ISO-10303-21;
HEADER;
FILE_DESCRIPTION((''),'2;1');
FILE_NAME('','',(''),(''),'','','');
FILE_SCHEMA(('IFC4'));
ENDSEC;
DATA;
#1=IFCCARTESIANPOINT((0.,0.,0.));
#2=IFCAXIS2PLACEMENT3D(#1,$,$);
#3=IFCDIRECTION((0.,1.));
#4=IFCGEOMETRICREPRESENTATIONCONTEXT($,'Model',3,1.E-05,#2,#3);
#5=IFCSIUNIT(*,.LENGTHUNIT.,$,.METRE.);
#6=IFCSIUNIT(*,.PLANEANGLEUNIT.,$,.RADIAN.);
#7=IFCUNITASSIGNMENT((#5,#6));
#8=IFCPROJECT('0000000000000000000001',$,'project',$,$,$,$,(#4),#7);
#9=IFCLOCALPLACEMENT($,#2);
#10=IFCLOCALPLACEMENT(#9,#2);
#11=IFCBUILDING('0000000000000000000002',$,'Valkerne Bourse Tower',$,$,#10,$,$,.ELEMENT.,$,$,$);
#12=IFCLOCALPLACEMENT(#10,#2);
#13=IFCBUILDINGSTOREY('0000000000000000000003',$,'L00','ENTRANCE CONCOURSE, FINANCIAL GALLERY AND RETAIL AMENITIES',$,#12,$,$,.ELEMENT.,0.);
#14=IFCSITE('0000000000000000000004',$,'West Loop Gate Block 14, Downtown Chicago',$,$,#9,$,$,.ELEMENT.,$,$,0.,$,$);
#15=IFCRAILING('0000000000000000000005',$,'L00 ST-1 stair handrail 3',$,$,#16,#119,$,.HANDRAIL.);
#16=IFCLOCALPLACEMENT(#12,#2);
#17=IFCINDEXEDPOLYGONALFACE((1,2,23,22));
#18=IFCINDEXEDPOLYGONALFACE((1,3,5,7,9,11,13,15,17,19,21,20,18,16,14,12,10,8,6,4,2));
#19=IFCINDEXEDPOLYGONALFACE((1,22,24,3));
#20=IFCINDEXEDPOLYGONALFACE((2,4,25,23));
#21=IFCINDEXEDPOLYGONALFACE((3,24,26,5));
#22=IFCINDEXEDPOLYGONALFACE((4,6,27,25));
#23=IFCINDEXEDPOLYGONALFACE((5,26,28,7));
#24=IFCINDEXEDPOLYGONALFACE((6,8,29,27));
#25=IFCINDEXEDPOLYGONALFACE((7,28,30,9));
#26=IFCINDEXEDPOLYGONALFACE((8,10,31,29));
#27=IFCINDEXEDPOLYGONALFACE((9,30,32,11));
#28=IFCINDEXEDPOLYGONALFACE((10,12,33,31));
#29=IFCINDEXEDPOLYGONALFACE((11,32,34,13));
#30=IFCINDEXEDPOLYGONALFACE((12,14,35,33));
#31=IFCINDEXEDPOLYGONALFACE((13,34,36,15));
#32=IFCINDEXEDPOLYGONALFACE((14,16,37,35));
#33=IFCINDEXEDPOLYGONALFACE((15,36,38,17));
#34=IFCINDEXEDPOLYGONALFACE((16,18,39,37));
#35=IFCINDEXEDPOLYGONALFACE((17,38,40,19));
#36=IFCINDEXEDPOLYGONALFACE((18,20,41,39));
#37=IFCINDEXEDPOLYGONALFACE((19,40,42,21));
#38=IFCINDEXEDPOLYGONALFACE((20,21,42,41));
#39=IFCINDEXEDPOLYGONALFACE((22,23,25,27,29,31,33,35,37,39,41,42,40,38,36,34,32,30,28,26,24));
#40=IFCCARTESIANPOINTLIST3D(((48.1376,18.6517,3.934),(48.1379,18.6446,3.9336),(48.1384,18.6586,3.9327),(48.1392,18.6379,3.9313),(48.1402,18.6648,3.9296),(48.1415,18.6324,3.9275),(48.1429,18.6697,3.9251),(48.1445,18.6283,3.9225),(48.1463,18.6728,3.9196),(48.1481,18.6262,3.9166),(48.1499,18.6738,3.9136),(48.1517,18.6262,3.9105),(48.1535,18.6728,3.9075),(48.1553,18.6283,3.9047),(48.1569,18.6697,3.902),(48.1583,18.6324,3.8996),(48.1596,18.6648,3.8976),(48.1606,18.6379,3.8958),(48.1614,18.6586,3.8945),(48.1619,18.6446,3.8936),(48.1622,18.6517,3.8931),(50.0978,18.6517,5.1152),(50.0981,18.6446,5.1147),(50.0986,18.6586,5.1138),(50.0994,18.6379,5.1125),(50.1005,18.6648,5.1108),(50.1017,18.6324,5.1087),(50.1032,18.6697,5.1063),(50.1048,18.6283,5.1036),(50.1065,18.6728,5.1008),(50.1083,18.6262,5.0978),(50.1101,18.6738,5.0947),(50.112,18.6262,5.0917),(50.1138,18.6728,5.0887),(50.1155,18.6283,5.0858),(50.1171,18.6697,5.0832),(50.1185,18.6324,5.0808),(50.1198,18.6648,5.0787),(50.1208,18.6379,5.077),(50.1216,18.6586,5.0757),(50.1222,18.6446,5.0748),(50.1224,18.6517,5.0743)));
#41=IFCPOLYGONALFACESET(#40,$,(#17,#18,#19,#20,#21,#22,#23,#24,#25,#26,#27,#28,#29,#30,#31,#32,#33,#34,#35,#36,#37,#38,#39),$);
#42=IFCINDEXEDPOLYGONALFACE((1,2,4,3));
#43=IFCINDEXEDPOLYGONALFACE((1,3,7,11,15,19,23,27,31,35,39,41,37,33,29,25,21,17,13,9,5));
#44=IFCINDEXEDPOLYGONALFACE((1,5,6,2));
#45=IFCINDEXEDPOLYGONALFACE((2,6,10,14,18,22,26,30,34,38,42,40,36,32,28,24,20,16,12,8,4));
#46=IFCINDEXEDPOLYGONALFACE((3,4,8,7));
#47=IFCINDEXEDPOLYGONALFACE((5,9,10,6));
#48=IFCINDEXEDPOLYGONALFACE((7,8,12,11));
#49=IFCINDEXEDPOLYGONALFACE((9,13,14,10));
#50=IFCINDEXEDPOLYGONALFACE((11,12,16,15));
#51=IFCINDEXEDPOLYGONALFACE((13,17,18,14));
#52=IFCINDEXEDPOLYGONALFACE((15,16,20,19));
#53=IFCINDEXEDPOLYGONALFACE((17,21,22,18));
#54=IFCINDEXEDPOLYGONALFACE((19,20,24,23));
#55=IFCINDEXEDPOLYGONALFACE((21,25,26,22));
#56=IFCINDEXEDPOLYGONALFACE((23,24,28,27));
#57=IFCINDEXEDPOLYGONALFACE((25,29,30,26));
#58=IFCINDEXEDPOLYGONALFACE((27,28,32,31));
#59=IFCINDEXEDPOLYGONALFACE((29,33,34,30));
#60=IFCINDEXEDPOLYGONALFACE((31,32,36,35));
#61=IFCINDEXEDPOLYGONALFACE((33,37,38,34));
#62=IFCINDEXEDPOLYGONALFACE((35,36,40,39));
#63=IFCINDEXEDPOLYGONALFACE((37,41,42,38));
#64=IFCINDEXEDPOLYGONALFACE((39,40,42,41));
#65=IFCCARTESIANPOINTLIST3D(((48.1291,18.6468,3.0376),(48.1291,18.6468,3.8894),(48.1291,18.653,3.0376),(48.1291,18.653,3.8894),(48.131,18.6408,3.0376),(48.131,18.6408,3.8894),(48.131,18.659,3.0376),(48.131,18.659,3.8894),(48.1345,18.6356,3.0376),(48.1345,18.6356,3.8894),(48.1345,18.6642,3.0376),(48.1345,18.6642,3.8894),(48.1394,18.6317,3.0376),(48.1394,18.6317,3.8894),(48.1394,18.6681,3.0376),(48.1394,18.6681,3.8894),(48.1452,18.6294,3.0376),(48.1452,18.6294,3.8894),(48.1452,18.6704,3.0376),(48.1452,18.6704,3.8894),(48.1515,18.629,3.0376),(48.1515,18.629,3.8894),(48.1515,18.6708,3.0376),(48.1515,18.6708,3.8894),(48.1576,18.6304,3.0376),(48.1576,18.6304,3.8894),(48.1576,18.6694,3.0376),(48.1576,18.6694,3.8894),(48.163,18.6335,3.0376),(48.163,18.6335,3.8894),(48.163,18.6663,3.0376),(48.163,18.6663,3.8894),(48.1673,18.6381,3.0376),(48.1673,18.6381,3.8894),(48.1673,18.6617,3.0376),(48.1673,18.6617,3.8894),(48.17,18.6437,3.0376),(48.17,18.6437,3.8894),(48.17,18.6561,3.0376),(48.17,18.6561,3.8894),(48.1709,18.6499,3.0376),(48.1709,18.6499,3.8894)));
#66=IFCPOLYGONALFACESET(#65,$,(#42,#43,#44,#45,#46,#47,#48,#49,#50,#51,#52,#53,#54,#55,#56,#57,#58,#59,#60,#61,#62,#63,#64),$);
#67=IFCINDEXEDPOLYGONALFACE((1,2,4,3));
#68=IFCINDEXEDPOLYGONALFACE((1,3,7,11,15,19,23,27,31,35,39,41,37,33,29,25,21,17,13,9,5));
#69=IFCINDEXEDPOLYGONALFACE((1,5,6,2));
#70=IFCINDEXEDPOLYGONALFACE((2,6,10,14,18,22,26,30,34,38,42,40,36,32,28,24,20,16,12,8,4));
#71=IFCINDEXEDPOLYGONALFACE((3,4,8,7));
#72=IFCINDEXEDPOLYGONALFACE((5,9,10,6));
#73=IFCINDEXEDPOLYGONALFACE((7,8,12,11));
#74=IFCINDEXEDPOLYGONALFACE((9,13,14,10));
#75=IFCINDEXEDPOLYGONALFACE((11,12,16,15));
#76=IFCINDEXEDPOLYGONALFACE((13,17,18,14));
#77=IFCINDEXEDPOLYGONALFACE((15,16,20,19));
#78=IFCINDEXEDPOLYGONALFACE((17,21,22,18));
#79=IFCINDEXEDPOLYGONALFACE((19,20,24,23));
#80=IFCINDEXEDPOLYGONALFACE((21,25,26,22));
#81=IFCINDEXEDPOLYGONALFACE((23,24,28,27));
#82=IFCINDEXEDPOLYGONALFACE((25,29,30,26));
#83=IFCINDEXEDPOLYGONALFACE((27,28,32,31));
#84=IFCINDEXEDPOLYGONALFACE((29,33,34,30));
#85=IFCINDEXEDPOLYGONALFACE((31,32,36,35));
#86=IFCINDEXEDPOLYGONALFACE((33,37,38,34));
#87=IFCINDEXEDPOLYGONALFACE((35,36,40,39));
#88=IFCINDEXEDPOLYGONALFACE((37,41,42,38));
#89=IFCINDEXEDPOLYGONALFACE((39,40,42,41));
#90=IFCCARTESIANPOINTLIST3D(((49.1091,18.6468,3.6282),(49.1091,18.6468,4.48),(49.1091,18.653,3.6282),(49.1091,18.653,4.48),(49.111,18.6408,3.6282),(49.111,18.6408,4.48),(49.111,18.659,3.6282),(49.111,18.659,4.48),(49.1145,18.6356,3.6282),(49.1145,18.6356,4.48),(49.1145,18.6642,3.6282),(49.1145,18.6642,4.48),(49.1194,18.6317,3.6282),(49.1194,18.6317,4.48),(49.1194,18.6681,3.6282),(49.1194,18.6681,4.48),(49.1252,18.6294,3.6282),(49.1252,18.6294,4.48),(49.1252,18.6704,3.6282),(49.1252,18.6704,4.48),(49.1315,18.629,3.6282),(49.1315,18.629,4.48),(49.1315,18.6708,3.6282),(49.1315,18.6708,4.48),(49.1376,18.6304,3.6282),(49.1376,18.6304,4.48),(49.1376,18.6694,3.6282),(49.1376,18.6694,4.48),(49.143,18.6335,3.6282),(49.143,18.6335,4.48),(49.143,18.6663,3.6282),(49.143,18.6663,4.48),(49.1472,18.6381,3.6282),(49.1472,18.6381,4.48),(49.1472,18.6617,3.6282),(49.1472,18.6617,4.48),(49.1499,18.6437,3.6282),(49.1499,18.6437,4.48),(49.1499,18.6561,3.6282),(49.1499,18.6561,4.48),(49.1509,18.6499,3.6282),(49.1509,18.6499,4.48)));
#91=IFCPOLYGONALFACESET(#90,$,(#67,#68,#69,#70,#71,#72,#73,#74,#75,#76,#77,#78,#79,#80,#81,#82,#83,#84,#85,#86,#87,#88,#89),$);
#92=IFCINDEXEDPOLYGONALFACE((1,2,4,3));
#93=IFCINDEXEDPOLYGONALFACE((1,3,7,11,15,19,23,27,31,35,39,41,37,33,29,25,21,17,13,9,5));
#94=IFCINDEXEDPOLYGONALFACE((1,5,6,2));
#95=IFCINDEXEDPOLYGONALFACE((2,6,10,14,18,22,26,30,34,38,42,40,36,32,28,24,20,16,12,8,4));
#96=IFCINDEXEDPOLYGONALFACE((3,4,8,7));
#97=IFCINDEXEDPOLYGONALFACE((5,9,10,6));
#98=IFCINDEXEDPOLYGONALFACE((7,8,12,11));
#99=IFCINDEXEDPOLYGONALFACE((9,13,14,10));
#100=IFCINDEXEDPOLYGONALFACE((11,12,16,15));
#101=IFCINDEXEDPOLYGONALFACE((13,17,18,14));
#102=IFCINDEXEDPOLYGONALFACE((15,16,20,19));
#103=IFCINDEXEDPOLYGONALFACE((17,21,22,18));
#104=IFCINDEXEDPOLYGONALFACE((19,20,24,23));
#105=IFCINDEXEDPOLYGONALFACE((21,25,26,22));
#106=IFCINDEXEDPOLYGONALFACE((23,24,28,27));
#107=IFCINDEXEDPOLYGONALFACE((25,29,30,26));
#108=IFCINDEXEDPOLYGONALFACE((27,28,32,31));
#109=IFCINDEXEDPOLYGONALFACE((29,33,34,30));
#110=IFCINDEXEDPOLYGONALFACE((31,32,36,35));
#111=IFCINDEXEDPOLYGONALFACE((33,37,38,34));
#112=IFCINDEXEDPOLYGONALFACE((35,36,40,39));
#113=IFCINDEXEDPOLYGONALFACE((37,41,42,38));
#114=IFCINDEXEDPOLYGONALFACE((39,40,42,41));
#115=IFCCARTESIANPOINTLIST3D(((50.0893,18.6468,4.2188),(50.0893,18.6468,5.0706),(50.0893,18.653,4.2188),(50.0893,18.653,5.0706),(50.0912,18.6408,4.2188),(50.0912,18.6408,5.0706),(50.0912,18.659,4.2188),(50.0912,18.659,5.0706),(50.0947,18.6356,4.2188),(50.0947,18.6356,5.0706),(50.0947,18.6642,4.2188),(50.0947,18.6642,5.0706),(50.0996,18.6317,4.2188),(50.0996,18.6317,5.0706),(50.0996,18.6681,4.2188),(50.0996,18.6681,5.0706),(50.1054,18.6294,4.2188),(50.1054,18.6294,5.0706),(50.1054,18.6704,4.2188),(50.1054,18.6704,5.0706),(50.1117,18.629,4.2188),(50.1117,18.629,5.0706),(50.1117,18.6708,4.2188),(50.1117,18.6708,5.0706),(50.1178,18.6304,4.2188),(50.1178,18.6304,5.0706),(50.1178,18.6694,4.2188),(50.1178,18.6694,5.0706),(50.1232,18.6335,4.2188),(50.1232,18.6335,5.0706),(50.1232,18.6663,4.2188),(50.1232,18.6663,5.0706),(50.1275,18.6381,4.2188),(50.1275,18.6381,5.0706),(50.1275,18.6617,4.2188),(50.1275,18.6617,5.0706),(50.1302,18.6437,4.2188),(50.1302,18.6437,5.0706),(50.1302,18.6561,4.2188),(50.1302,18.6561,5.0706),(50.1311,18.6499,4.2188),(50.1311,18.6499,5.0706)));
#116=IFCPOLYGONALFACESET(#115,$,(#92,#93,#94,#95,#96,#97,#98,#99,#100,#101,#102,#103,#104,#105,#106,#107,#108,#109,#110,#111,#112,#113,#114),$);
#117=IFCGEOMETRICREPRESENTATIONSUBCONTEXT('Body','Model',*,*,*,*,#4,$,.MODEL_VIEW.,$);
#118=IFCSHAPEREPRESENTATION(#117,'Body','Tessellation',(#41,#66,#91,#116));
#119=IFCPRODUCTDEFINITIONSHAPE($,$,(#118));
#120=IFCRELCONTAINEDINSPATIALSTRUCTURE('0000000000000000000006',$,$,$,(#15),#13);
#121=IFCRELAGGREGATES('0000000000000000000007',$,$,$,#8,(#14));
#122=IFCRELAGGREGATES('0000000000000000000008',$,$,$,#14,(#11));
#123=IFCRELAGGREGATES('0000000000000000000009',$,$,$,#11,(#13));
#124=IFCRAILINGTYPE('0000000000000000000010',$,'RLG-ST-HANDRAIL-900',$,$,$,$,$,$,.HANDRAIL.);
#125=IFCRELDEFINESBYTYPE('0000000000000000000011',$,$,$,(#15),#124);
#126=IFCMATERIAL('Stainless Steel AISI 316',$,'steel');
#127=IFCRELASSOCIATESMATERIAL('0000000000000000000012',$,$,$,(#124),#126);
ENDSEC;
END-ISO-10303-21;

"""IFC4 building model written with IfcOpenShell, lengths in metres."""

from ifc_helpers import new_model, si_unit, direction, frame, origin, origin_2d, place, context, subcontext, project, spatial, circle, extrude, material, type_object, element, save


model = new_model("IFC4")

# Units and contexts
model_context = context("Model", 3, precision=1e-05, world=origin(), true_north=direction((0.0, 1.0)))
body_context = subcontext(model_context, "Body", "Model", "MODEL_VIEW")
ifc_project = project(units=[si_unit("LENGTHUNIT", "METRE"), si_unit("PLANEANGLEUNIT", "RADIAN")], contexts=[model_context])

# Site, building, storey
site_placement = place(None, origin())
site = spatial("IfcSite", under=ifc_project, at=site_placement, Name="West Loop Gate Block 14, Downtown Chicago", CompositionType="ELEMENT", RefElevation=0.0)
building_placement = place(site_placement, origin())
building = spatial("IfcBuilding", under=site, at=building_placement, Name="Valkerne Bourse Tower", CompositionType="ELEMENT")
storey_placement = place(building_placement, origin())
storey = spatial("IfcBuildingStorey", under=building, at=storey_placement, Name="L00", Description="ENTRANCE CONCOURSE, FINANCIAL GALLERY AND RETAIL AMENITIES", CompositionType="ELEMENT", Elevation=0.0)

# Shared definitions
ifc_material_1 = material(Name="Stainless Steel AISI 316", Category="steel")

# Railing
railing_type_1 = type_object("IfcRailingType", Name="RLG-ST-HANDRAIL-900", PredefinedType="HANDRAIL", material=ifc_material_1)
railing_1_placement = place(storey_placement, frame((48.1499, 18.6499, 3.0376)))
element("IfcRailing", 1, at=railing_1_placement, inside=storey, type_object=railing_type_1, Name="L00 ST-1 stair handrail 3", PredefinedType="HANDRAIL", context=body_context, shape_type="SweptSolid", body=[
    extrude(circle(Radius=0.0239, at=origin_2d()), frame((0.0, 0.0, 0.876), z_axis=(0.856522, 0.0, 0.516111), x_axis=(0.0, 1.0, 0.0)), (0.0, 0.0, 1.0), 2.2886),
    extrude(circle(Radius=0.021, at=origin_2d()), origin(), (0.0, 0.0, 1.0), 0.8518),
    extrude(circle(Radius=0.021, at=origin_2d()), frame((0.98, 0.0, 0.5906)), (0.0, 0.0, 1.0), 0.8518),
    extrude(circle(Radius=0.021, at=origin_2d()), frame((1.9602, 0.0, 1.1812)), (0.0, 0.0, 1.0), 0.8518),
])

save(model, "model.ifc")
